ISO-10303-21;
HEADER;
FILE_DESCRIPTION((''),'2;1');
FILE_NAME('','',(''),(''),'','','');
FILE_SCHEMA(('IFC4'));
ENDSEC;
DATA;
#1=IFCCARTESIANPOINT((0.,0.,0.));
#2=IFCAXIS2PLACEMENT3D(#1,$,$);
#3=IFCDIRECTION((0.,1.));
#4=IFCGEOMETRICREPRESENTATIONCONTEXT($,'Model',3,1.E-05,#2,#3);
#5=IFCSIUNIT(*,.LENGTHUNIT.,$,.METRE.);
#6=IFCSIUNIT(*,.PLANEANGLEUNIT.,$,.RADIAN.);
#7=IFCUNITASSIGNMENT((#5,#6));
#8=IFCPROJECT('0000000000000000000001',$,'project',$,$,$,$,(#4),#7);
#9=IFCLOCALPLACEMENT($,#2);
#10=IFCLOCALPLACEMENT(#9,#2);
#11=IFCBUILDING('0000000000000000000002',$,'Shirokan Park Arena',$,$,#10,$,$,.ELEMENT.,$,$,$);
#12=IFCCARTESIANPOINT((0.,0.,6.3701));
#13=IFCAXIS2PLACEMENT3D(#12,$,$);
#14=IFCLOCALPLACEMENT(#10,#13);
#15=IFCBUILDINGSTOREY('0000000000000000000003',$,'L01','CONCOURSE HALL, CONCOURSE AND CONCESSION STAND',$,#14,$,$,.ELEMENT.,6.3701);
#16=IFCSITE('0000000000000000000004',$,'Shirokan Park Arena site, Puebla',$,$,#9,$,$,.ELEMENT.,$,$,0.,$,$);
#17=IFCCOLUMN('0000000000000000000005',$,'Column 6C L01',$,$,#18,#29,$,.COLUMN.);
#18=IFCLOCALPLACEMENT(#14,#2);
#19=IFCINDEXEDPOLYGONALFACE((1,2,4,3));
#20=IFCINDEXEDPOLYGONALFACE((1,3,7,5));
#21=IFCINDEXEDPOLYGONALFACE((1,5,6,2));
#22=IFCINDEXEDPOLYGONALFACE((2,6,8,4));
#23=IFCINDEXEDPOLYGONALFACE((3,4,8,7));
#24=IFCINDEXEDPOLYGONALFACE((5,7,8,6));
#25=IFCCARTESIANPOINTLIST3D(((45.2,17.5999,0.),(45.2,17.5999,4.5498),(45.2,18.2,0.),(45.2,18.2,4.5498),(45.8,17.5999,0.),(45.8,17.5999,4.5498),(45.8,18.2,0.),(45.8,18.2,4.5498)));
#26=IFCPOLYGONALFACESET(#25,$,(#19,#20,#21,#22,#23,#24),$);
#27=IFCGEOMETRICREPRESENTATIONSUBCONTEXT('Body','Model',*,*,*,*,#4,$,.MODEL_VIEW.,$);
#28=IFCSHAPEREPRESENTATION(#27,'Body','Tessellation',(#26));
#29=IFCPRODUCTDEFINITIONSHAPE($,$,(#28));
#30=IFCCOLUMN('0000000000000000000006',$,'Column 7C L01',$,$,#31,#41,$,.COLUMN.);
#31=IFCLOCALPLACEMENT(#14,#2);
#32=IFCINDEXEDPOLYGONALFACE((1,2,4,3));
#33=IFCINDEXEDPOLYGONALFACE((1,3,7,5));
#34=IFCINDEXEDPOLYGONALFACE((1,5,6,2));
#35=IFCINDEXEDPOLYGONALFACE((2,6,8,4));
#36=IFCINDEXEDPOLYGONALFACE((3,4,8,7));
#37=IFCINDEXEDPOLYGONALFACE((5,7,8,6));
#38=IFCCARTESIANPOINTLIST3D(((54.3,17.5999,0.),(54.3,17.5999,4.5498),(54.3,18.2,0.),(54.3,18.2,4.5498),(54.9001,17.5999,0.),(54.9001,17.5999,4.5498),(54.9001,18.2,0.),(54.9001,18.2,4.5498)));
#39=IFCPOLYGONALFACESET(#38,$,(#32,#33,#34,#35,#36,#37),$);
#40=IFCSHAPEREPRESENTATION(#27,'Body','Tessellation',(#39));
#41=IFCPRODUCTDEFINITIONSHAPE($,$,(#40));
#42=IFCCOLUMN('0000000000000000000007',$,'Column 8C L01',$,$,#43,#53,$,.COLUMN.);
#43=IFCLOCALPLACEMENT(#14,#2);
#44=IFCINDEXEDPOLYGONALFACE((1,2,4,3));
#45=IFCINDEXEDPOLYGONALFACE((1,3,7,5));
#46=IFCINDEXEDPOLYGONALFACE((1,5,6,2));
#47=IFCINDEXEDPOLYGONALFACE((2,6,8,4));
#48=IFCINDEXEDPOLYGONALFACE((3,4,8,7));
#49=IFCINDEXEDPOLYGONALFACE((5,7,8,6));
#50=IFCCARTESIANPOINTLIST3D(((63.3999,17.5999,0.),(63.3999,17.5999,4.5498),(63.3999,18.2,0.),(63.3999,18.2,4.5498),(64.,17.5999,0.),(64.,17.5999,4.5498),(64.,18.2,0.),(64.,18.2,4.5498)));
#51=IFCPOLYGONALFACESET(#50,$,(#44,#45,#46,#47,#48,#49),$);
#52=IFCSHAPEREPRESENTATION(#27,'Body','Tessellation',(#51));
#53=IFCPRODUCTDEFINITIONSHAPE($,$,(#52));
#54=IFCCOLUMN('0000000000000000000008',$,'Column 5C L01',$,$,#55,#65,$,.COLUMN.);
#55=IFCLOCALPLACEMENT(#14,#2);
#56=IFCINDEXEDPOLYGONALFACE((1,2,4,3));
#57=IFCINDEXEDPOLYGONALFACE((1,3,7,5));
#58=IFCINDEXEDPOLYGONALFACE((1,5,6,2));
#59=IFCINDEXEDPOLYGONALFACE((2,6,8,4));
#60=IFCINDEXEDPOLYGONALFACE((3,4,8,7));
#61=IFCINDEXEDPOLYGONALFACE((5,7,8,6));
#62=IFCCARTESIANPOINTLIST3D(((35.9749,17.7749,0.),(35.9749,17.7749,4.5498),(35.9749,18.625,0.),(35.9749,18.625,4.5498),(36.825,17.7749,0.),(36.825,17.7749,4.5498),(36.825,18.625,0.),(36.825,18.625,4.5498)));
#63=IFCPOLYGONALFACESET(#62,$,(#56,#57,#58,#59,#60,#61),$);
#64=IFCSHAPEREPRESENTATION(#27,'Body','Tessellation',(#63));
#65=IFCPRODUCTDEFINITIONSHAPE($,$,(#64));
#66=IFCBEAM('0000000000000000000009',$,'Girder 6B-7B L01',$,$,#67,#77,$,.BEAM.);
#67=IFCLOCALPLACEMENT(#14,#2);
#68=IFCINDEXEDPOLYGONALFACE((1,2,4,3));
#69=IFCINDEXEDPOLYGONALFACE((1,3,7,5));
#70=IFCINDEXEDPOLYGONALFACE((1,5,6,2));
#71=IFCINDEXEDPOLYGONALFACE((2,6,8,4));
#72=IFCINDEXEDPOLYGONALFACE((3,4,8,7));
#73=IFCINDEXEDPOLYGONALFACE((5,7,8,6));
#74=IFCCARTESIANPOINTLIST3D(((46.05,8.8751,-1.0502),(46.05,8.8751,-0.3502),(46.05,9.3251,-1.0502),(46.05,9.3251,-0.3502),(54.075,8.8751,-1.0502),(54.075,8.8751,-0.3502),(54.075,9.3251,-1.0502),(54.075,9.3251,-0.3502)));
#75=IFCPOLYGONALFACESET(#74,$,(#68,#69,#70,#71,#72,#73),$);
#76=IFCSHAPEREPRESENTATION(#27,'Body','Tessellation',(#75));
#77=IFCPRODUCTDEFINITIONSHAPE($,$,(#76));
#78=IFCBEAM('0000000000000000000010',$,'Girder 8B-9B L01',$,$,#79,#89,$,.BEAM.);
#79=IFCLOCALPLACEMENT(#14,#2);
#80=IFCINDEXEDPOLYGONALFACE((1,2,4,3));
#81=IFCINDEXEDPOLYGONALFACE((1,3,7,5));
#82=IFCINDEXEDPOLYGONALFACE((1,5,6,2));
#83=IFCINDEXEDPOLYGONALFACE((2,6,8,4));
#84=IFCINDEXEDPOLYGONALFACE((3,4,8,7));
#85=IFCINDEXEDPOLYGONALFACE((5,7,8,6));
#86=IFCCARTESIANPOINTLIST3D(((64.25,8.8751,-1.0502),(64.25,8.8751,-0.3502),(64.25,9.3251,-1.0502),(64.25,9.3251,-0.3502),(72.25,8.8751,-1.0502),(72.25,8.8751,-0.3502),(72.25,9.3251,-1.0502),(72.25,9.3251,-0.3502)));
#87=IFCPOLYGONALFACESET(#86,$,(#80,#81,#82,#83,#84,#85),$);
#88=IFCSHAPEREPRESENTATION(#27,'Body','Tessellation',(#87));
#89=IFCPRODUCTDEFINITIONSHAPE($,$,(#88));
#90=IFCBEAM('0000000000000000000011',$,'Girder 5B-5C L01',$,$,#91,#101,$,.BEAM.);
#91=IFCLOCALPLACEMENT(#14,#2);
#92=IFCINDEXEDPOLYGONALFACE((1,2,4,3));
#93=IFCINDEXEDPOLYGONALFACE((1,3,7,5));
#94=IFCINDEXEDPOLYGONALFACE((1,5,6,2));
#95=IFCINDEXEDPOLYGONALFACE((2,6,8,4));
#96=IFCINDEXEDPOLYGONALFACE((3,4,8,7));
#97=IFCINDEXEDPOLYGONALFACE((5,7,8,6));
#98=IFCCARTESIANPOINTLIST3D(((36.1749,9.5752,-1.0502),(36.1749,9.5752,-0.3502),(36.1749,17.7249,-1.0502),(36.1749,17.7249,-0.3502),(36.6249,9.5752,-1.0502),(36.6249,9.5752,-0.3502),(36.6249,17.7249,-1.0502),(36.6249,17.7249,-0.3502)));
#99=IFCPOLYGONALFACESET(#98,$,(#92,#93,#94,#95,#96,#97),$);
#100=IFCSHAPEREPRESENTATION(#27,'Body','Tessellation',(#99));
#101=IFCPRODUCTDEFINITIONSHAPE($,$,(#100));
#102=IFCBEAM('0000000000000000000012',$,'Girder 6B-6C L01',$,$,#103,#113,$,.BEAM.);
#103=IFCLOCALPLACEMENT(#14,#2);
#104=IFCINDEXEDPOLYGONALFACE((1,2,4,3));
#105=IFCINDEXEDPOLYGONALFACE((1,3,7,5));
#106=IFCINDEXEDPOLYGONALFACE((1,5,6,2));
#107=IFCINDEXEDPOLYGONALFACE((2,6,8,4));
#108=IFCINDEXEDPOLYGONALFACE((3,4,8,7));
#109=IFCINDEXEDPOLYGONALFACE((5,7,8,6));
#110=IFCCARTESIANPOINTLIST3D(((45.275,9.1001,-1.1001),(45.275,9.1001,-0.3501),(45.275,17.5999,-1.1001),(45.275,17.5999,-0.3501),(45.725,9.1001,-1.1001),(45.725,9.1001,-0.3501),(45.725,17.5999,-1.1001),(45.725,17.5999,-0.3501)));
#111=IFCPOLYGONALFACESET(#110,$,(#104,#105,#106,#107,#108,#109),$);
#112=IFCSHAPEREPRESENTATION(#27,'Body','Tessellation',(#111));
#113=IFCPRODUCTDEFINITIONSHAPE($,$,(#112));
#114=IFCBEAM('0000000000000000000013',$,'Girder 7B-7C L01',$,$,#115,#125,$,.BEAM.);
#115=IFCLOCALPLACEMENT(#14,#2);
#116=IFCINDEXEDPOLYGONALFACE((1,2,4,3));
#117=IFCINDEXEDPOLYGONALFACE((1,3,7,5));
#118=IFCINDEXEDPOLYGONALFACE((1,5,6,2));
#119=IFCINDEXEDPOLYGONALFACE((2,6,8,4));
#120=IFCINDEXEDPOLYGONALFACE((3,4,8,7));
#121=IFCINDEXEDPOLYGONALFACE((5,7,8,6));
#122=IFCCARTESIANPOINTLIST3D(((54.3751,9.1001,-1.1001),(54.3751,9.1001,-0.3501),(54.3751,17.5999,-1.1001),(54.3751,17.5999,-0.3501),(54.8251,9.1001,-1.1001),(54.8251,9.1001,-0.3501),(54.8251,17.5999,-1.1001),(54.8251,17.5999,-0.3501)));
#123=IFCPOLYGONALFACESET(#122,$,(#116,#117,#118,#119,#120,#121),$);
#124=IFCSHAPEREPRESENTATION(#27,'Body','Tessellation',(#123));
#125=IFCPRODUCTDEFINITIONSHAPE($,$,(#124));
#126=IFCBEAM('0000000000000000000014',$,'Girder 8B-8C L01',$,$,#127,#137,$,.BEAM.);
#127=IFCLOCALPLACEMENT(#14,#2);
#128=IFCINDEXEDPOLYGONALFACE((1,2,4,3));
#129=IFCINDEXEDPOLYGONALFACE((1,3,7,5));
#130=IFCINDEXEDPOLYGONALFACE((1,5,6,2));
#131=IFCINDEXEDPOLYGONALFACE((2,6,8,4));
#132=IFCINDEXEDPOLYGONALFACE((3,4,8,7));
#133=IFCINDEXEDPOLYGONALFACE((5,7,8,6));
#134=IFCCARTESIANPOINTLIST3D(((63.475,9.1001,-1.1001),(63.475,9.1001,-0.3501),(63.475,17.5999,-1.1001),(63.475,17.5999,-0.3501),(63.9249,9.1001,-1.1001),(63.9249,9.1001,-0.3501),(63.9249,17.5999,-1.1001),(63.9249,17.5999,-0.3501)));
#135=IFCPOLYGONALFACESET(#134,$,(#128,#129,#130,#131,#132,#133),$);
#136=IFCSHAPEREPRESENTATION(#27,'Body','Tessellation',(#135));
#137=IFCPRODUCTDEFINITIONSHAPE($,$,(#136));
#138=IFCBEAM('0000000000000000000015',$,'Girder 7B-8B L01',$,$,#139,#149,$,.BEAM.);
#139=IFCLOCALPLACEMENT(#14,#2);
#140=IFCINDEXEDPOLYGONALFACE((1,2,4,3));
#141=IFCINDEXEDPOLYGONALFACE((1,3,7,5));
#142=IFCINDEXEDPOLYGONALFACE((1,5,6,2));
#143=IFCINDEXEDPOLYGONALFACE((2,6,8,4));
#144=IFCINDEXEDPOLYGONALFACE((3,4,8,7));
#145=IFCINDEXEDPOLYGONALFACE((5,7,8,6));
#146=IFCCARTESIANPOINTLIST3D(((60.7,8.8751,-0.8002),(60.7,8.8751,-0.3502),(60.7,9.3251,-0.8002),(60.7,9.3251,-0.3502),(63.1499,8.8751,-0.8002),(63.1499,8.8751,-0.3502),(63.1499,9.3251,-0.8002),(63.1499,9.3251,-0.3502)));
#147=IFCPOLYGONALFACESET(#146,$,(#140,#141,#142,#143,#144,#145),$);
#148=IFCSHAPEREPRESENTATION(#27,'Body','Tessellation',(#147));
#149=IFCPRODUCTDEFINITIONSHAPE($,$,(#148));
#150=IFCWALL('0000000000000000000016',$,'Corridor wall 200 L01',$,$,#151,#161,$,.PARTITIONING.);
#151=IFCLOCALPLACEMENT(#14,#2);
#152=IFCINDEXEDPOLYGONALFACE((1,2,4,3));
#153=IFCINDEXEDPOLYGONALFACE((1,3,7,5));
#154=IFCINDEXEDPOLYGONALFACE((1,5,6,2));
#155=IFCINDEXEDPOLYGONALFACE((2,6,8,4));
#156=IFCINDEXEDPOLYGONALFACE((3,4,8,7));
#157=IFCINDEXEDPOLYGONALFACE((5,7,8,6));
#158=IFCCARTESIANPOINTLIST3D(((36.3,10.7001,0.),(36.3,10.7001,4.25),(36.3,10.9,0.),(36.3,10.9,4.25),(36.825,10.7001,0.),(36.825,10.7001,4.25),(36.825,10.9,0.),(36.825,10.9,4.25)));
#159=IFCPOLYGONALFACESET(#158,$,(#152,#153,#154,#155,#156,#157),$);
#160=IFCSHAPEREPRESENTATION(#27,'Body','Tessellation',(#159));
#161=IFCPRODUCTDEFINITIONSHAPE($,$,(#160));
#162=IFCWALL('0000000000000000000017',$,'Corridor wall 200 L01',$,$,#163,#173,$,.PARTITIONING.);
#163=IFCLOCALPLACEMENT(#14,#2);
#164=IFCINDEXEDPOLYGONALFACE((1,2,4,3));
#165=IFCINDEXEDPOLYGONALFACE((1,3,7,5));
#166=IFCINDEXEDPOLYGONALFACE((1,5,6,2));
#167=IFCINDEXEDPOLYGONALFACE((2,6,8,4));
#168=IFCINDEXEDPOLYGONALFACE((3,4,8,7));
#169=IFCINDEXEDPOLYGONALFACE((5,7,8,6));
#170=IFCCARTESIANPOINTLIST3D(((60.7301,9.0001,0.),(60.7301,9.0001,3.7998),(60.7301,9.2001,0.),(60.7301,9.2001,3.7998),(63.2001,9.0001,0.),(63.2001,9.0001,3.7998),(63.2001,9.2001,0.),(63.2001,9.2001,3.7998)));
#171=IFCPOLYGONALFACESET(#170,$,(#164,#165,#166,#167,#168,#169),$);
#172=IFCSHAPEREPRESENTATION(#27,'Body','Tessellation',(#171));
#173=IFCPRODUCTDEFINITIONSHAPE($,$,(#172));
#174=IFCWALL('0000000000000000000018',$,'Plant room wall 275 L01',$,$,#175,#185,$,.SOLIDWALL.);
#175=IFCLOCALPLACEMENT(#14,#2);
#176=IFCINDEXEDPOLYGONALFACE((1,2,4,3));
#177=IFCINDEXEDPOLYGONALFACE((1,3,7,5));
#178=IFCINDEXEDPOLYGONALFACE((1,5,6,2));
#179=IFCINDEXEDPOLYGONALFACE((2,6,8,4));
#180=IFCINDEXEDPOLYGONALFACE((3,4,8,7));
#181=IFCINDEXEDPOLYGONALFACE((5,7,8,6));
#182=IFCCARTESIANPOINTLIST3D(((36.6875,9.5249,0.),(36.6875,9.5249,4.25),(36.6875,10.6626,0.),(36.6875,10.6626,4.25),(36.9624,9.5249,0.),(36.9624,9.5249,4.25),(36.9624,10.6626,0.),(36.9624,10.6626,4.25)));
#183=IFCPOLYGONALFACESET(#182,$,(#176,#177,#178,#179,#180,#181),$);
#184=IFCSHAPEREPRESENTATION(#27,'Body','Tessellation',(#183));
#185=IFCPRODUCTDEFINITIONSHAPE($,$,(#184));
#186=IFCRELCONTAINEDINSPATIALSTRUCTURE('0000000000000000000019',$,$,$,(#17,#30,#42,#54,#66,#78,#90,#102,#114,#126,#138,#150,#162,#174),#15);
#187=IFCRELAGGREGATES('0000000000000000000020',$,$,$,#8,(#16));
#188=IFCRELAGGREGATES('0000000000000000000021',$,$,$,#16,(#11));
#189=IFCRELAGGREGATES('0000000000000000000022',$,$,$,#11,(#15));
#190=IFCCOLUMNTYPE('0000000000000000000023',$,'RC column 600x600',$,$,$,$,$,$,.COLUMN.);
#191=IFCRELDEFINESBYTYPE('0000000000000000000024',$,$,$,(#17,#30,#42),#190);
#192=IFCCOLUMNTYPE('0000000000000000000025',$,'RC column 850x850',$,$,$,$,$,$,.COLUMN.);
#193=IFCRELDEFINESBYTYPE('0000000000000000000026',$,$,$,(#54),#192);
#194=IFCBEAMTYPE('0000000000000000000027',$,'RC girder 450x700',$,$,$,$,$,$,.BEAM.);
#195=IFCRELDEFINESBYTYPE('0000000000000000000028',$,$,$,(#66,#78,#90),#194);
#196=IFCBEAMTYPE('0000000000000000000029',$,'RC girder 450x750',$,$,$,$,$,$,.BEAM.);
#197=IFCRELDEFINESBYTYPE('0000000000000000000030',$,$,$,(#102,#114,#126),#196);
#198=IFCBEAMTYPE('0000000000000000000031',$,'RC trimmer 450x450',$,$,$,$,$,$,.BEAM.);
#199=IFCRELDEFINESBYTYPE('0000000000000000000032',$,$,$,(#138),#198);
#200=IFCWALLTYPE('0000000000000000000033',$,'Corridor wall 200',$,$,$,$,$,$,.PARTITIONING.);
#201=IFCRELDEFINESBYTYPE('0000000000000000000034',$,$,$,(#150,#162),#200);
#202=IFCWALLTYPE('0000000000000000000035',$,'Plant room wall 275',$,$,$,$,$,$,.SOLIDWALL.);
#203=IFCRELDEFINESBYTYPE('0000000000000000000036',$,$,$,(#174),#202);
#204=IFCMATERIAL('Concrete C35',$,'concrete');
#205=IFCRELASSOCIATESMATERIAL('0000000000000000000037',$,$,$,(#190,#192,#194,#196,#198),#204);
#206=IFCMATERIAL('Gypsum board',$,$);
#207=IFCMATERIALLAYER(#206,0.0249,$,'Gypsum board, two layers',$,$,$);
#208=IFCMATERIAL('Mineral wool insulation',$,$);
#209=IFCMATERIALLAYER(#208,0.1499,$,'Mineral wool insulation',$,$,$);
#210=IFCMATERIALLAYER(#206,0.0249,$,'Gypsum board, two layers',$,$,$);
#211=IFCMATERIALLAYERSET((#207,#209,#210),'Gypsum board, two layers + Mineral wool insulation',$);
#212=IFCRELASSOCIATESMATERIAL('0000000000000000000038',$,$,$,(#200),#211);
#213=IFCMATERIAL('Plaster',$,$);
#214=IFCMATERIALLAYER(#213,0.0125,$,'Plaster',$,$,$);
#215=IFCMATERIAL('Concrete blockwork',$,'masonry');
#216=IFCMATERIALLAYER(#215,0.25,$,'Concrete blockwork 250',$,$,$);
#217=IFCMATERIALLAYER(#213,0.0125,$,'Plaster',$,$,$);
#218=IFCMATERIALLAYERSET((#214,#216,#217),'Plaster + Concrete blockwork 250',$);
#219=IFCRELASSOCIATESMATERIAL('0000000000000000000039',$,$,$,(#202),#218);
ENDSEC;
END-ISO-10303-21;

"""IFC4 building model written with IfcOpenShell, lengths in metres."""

from ifc_helpers import new_model, si_unit, direction, frame, frame_2d, origin, origin_2d, place, context, subcontext, project, spatial, rectangle, extrude, material, layer, layer_set, material_profile, profile_set, type_object, element, save


model = new_model("IFC4")

# Units and contexts
model_context = context("Model", 3, precision=1e-05, world=origin(), true_north=direction((0.0, 1.0)))
body_context = subcontext(model_context, "Body", "Model", "MODEL_VIEW")
ifc_project = project(units=[si_unit("LENGTHUNIT", "METRE"), si_unit("PLANEANGLEUNIT", "RADIAN")], contexts=[model_context])

# Site, building, storey
site_placement = place(None, origin())
site = spatial("IfcSite", under=ifc_project, at=site_placement, Name="Shirokan Park Arena site, Puebla", CompositionType="ELEMENT", RefElevation=0.0)
building_placement = place(site_placement, origin())
building = spatial("IfcBuilding", under=site, at=building_placement, Name="Shirokan Park Arena", CompositionType="ELEMENT")
storey_placement = place(building_placement, frame((0.0, 0.0, 6.3701)))
storey = spatial("IfcBuildingStorey", under=building, at=storey_placement, Name="L01", Description="CONCOURSE HALL, CONCOURSE AND CONCESSION STAND", CompositionType="ELEMENT", Elevation=6.3701)

# Columns
ifc_material_1 = material(Name="Concrete C35", Category="concrete")
ifc_material_profile_1 = material_profile(ifc_material_1, rectangle(XDim=0.6001, YDim=0.6001, at=origin_2d()), Name="600x600")
ifc_profile_set_1 = profile_set([ifc_material_profile_1], Name="Concrete C35")
column_type_1 = type_object("IfcColumnType", Name="RC column 600x600", PredefinedType="COLUMN", material=ifc_profile_set_1)
for number, where, z_axis, x_axis, name in (
    (1, (45.5, 17.8999, 0.0), (0.0, 0.0, 1.0), (1.0, 0.0, 0.0), "Column 6C L01"),
    (2, (54.6001, 17.8999, 0.0), (0.0, 0.0, 1.0), (1.0, 0.0, 0.0), "Column 7C L01"),
    (3, (63.7, 17.8999, 0.0), (0.0, 0.0, 1.0), (1.0, 0.0, 0.0), "Column 8C L01"),
):
    element("IfcColumn", number, at=place(storey_placement, frame(where, z_axis=z_axis, x_axis=x_axis)), inside=storey, type_object=column_type_1, Name=name, PredefinedType="COLUMN", context=body_context, shape_type="SweptSolid", body=[
        extrude(rectangle(XDim=0.6001, YDim=0.6001, at=origin_2d()), origin(), (0.0, 0.0, 1.0), 4.5498),
    ])
ifc_material_profile_2 = material_profile(ifc_material_1, rectangle(XDim=0.8501, YDim=0.8501, at=origin_2d()), Name="850x850")
ifc_profile_set_2 = profile_set([ifc_material_profile_2], Name="Concrete C35")
column_type_2 = type_object("IfcColumnType", Name="RC column 850x850", PredefinedType="COLUMN", material=ifc_profile_set_2)
column_placement = place(storey_placement, frame((36.3999, 18.2, 0.0), z_axis=(0.0, 0.0, 1.0), x_axis=(1.0, 0.0, 0.0)))
element("IfcColumn", 4, at=column_placement, inside=storey, type_object=column_type_2, Name="Column 5C L01", PredefinedType="COLUMN", context=body_context, shape_type="SweptSolid", body=[
    extrude(rectangle(XDim=0.8501, YDim=0.8501, at=origin_2d()), origin(), (0.0, 0.0, 1.0), 4.5498),
])

# Beams
ifc_material_profile_3 = material_profile(ifc_material_1, rectangle(XDim=0.45, YDim=0.7, at=origin_2d()), Name="450x700")
ifc_profile_set_3 = profile_set([ifc_material_profile_3], Name="Concrete C35")
beam_type_1 = type_object("IfcBeamType", Name="RC girder 450x700", PredefinedType="BEAM", material=ifc_profile_set_3)
beam_1_placement = place(storey_placement, frame((46.05, 9.1001, -0.7002), z_axis=(1.0, 0.0, 0.0), x_axis=(0.0, 1.0, 0.0)))
element("IfcBeam", 5, at=beam_1_placement, inside=storey, type_object=beam_type_1, Name="Girder 6B-7B L01", PredefinedType="BEAM", context=body_context, shape_type="SweptSolid", body=[
    extrude(rectangle(XDim=0.45, YDim=0.7, at=origin_2d()), origin(), (0.0, 0.0, 1.0), 8.0249),
])
beam_2_placement = place(storey_placement, frame((64.25, 9.1001, -0.7002), z_axis=(1.0, 0.0, 0.0), x_axis=(0.0, 1.0, 0.0)))
element("IfcBeam", 6, at=beam_2_placement, inside=storey, type_object=beam_type_1, Name="Girder 8B-9B L01", PredefinedType="BEAM", context=body_context, shape_type="SweptSolid", body=[
    extrude(rectangle(XDim=0.45, YDim=0.7, at=origin_2d()), origin(), (0.0, 0.0, 1.0), 8.0),
])
beam_3_placement = place(storey_placement, frame((36.3999, 9.5752, -0.7002), z_axis=(0.0, 1.0, 0.0), x_axis=(-1.0, 0.0, 0.0)))
element("IfcBeam", 7, at=beam_3_placement, inside=storey, type_object=beam_type_1, Name="Girder 5B-5C L01", PredefinedType="BEAM", context=body_context, shape_type="SweptSolid", body=[
    extrude(rectangle(XDim=0.45, YDim=0.7, at=origin_2d()), origin(), (0.0, 0.0, 1.0), 8.1497),
])
ifc_material_profile_4 = material_profile(ifc_material_1, rectangle(XDim=0.45, YDim=0.75, at=origin_2d()), Name="450x750")
ifc_profile_set_4 = profile_set([ifc_material_profile_4], Name="Concrete C35")
beam_type_2 = type_object("IfcBeamType", Name="RC girder 450x750", PredefinedType="BEAM", material=ifc_profile_set_4)
for number, where, z_axis, x_axis, name in (
    (8, (45.5, 9.1001, -0.7251), (0.0, 1.0, 0.0), (-1.0, 0.0, 0.0), "Girder 6B-6C L01"),
    (9, (54.6001, 9.1001, -0.7251), (0.0, 1.0, 0.0), (-1.0, 0.0, 0.0), "Girder 7B-7C L01"),
    (10, (63.7, 9.1001, -0.7251), (0.0, 1.0, 0.0), (-1.0, 0.0, 0.0), "Girder 8B-8C L01"),
):
    element("IfcBeam", number, at=place(storey_placement, frame(where, z_axis=z_axis, x_axis=x_axis)), inside=storey, type_object=beam_type_2, Name=name, PredefinedType="BEAM", context=body_context, shape_type="SweptSolid", body=[
        extrude(rectangle(XDim=0.45, YDim=0.75, at=origin_2d()), origin(), (0.0, 0.0, 1.0), 8.4998),
    ])
ifc_material_profile_5 = material_profile(ifc_material_1, rectangle(XDim=0.45, YDim=0.45, at=origin_2d()), Name="450x450")
ifc_profile_set_5 = profile_set([ifc_material_profile_5], Name="Concrete C35")
beam_type_3 = type_object("IfcBeamType", Name="RC trimmer 450x450", PredefinedType="BEAM", material=ifc_profile_set_5)
beam_4_placement = place(storey_placement, frame((60.7, 9.1001, -0.5752), z_axis=(1.0, 0.0, 0.0), x_axis=(0.0, 1.0, 0.0)))
element("IfcBeam", 11, at=beam_4_placement, inside=storey, type_object=beam_type_3, Name="Girder 7B-8B L01", PredefinedType="BEAM", context=body_context, shape_type="SweptSolid", body=[
    extrude(rectangle(XDim=0.45, YDim=0.45, at=origin_2d()), origin(), (0.0, 0.0, 1.0), 2.45),
])

# Wall
ifc_material_2 = material(Name="Gypsum board")
ifc_layer_1 = layer(ifc_material_2, 0.0249, Name="Gypsum board, two layers")
ifc_material_3 = material(Name="Mineral wool insulation")
ifc_layer_2 = layer(ifc_material_3, 0.1499, Name="Mineral wool insulation")
ifc_layer_3 = layer(ifc_material_2, 0.0249, Name="Gypsum board, two layers")
ifc_layer_set_1 = layer_set([ifc_layer_1, ifc_layer_2, ifc_layer_3], Name="Gypsum board, two layers + Mineral wool insulation")
wall_type_1 = type_object("IfcWallType", Name="Corridor wall 200", PredefinedType="PARTITIONING", material=ifc_layer_set_1)
wall_1_placement = place(storey_placement, frame((36.3, 10.8, 0.0), z_axis=(0.0, 0.0, 1.0), x_axis=(1.0, 0.0, 0.0)))
element("IfcWall", 12, at=wall_1_placement, inside=storey, type_object=wall_type_1, Name="Corridor wall 200 L01", PredefinedType="PARTITIONING", context=body_context, shape_type="SweptSolid", body=[
    extrude(rectangle(XDim=0.5249, YDim=0.2, at=frame_2d((0.2625, 0.0))), origin(), (0.0, 0.0, 1.0), 4.25),
])

# Walls
wall_2_placement = place(storey_placement, frame((63.2, 9.1001, 0.0), z_axis=(0.0, 0.0, 1.0), x_axis=(-1.0, 0.0, 0.0)))
element("IfcWall", 13, at=wall_2_placement, inside=storey, type_object=wall_type_1, Name="Corridor wall 200 L01", PredefinedType="PARTITIONING", context=body_context, shape_type="SweptSolid", body=[
    extrude(rectangle(XDim=2.47, YDim=0.2, at=frame_2d((1.2349, 0.0))), origin(), (0.0, 0.0, 1.0), 3.7998),
])
ifc_material_4 = material(Name="Plaster")
ifc_layer_4 = layer(ifc_material_4, 0.0125, Name="Plaster")
ifc_material_5 = material(Name="Concrete blockwork", Category="masonry")
ifc_layer_5 = layer(ifc_material_5, 0.25, Name="Concrete blockwork 250")
ifc_layer_6 = layer(ifc_material_4, 0.0125, Name="Plaster")
ifc_layer_set_2 = layer_set([ifc_layer_4, ifc_layer_5, ifc_layer_6], Name="Plaster + Concrete blockwork 250")
wall_type_2 = type_object("IfcWallType", Name="Plant room wall 275", PredefinedType="SOLIDWALL", material=ifc_layer_set_2)
wall_3_placement = place(storey_placement, frame((36.825, 10.6626, 0.0), z_axis=(0.0, 0.0, 1.0), x_axis=(0.0, -1.0, 0.0)))
element("IfcWall", 14, at=wall_3_placement, inside=storey, type_object=wall_type_2, Name="Plant room wall 275 L01", PredefinedType="SOLIDWALL", context=body_context, shape_type="SweptSolid", body=[
    extrude(rectangle(XDim=1.1377, YDim=0.2749, at=frame_2d((0.5688, 0.0))), origin(), (0.0, 0.0, 1.0), 4.25),
])

save(model, "model.ifc")
